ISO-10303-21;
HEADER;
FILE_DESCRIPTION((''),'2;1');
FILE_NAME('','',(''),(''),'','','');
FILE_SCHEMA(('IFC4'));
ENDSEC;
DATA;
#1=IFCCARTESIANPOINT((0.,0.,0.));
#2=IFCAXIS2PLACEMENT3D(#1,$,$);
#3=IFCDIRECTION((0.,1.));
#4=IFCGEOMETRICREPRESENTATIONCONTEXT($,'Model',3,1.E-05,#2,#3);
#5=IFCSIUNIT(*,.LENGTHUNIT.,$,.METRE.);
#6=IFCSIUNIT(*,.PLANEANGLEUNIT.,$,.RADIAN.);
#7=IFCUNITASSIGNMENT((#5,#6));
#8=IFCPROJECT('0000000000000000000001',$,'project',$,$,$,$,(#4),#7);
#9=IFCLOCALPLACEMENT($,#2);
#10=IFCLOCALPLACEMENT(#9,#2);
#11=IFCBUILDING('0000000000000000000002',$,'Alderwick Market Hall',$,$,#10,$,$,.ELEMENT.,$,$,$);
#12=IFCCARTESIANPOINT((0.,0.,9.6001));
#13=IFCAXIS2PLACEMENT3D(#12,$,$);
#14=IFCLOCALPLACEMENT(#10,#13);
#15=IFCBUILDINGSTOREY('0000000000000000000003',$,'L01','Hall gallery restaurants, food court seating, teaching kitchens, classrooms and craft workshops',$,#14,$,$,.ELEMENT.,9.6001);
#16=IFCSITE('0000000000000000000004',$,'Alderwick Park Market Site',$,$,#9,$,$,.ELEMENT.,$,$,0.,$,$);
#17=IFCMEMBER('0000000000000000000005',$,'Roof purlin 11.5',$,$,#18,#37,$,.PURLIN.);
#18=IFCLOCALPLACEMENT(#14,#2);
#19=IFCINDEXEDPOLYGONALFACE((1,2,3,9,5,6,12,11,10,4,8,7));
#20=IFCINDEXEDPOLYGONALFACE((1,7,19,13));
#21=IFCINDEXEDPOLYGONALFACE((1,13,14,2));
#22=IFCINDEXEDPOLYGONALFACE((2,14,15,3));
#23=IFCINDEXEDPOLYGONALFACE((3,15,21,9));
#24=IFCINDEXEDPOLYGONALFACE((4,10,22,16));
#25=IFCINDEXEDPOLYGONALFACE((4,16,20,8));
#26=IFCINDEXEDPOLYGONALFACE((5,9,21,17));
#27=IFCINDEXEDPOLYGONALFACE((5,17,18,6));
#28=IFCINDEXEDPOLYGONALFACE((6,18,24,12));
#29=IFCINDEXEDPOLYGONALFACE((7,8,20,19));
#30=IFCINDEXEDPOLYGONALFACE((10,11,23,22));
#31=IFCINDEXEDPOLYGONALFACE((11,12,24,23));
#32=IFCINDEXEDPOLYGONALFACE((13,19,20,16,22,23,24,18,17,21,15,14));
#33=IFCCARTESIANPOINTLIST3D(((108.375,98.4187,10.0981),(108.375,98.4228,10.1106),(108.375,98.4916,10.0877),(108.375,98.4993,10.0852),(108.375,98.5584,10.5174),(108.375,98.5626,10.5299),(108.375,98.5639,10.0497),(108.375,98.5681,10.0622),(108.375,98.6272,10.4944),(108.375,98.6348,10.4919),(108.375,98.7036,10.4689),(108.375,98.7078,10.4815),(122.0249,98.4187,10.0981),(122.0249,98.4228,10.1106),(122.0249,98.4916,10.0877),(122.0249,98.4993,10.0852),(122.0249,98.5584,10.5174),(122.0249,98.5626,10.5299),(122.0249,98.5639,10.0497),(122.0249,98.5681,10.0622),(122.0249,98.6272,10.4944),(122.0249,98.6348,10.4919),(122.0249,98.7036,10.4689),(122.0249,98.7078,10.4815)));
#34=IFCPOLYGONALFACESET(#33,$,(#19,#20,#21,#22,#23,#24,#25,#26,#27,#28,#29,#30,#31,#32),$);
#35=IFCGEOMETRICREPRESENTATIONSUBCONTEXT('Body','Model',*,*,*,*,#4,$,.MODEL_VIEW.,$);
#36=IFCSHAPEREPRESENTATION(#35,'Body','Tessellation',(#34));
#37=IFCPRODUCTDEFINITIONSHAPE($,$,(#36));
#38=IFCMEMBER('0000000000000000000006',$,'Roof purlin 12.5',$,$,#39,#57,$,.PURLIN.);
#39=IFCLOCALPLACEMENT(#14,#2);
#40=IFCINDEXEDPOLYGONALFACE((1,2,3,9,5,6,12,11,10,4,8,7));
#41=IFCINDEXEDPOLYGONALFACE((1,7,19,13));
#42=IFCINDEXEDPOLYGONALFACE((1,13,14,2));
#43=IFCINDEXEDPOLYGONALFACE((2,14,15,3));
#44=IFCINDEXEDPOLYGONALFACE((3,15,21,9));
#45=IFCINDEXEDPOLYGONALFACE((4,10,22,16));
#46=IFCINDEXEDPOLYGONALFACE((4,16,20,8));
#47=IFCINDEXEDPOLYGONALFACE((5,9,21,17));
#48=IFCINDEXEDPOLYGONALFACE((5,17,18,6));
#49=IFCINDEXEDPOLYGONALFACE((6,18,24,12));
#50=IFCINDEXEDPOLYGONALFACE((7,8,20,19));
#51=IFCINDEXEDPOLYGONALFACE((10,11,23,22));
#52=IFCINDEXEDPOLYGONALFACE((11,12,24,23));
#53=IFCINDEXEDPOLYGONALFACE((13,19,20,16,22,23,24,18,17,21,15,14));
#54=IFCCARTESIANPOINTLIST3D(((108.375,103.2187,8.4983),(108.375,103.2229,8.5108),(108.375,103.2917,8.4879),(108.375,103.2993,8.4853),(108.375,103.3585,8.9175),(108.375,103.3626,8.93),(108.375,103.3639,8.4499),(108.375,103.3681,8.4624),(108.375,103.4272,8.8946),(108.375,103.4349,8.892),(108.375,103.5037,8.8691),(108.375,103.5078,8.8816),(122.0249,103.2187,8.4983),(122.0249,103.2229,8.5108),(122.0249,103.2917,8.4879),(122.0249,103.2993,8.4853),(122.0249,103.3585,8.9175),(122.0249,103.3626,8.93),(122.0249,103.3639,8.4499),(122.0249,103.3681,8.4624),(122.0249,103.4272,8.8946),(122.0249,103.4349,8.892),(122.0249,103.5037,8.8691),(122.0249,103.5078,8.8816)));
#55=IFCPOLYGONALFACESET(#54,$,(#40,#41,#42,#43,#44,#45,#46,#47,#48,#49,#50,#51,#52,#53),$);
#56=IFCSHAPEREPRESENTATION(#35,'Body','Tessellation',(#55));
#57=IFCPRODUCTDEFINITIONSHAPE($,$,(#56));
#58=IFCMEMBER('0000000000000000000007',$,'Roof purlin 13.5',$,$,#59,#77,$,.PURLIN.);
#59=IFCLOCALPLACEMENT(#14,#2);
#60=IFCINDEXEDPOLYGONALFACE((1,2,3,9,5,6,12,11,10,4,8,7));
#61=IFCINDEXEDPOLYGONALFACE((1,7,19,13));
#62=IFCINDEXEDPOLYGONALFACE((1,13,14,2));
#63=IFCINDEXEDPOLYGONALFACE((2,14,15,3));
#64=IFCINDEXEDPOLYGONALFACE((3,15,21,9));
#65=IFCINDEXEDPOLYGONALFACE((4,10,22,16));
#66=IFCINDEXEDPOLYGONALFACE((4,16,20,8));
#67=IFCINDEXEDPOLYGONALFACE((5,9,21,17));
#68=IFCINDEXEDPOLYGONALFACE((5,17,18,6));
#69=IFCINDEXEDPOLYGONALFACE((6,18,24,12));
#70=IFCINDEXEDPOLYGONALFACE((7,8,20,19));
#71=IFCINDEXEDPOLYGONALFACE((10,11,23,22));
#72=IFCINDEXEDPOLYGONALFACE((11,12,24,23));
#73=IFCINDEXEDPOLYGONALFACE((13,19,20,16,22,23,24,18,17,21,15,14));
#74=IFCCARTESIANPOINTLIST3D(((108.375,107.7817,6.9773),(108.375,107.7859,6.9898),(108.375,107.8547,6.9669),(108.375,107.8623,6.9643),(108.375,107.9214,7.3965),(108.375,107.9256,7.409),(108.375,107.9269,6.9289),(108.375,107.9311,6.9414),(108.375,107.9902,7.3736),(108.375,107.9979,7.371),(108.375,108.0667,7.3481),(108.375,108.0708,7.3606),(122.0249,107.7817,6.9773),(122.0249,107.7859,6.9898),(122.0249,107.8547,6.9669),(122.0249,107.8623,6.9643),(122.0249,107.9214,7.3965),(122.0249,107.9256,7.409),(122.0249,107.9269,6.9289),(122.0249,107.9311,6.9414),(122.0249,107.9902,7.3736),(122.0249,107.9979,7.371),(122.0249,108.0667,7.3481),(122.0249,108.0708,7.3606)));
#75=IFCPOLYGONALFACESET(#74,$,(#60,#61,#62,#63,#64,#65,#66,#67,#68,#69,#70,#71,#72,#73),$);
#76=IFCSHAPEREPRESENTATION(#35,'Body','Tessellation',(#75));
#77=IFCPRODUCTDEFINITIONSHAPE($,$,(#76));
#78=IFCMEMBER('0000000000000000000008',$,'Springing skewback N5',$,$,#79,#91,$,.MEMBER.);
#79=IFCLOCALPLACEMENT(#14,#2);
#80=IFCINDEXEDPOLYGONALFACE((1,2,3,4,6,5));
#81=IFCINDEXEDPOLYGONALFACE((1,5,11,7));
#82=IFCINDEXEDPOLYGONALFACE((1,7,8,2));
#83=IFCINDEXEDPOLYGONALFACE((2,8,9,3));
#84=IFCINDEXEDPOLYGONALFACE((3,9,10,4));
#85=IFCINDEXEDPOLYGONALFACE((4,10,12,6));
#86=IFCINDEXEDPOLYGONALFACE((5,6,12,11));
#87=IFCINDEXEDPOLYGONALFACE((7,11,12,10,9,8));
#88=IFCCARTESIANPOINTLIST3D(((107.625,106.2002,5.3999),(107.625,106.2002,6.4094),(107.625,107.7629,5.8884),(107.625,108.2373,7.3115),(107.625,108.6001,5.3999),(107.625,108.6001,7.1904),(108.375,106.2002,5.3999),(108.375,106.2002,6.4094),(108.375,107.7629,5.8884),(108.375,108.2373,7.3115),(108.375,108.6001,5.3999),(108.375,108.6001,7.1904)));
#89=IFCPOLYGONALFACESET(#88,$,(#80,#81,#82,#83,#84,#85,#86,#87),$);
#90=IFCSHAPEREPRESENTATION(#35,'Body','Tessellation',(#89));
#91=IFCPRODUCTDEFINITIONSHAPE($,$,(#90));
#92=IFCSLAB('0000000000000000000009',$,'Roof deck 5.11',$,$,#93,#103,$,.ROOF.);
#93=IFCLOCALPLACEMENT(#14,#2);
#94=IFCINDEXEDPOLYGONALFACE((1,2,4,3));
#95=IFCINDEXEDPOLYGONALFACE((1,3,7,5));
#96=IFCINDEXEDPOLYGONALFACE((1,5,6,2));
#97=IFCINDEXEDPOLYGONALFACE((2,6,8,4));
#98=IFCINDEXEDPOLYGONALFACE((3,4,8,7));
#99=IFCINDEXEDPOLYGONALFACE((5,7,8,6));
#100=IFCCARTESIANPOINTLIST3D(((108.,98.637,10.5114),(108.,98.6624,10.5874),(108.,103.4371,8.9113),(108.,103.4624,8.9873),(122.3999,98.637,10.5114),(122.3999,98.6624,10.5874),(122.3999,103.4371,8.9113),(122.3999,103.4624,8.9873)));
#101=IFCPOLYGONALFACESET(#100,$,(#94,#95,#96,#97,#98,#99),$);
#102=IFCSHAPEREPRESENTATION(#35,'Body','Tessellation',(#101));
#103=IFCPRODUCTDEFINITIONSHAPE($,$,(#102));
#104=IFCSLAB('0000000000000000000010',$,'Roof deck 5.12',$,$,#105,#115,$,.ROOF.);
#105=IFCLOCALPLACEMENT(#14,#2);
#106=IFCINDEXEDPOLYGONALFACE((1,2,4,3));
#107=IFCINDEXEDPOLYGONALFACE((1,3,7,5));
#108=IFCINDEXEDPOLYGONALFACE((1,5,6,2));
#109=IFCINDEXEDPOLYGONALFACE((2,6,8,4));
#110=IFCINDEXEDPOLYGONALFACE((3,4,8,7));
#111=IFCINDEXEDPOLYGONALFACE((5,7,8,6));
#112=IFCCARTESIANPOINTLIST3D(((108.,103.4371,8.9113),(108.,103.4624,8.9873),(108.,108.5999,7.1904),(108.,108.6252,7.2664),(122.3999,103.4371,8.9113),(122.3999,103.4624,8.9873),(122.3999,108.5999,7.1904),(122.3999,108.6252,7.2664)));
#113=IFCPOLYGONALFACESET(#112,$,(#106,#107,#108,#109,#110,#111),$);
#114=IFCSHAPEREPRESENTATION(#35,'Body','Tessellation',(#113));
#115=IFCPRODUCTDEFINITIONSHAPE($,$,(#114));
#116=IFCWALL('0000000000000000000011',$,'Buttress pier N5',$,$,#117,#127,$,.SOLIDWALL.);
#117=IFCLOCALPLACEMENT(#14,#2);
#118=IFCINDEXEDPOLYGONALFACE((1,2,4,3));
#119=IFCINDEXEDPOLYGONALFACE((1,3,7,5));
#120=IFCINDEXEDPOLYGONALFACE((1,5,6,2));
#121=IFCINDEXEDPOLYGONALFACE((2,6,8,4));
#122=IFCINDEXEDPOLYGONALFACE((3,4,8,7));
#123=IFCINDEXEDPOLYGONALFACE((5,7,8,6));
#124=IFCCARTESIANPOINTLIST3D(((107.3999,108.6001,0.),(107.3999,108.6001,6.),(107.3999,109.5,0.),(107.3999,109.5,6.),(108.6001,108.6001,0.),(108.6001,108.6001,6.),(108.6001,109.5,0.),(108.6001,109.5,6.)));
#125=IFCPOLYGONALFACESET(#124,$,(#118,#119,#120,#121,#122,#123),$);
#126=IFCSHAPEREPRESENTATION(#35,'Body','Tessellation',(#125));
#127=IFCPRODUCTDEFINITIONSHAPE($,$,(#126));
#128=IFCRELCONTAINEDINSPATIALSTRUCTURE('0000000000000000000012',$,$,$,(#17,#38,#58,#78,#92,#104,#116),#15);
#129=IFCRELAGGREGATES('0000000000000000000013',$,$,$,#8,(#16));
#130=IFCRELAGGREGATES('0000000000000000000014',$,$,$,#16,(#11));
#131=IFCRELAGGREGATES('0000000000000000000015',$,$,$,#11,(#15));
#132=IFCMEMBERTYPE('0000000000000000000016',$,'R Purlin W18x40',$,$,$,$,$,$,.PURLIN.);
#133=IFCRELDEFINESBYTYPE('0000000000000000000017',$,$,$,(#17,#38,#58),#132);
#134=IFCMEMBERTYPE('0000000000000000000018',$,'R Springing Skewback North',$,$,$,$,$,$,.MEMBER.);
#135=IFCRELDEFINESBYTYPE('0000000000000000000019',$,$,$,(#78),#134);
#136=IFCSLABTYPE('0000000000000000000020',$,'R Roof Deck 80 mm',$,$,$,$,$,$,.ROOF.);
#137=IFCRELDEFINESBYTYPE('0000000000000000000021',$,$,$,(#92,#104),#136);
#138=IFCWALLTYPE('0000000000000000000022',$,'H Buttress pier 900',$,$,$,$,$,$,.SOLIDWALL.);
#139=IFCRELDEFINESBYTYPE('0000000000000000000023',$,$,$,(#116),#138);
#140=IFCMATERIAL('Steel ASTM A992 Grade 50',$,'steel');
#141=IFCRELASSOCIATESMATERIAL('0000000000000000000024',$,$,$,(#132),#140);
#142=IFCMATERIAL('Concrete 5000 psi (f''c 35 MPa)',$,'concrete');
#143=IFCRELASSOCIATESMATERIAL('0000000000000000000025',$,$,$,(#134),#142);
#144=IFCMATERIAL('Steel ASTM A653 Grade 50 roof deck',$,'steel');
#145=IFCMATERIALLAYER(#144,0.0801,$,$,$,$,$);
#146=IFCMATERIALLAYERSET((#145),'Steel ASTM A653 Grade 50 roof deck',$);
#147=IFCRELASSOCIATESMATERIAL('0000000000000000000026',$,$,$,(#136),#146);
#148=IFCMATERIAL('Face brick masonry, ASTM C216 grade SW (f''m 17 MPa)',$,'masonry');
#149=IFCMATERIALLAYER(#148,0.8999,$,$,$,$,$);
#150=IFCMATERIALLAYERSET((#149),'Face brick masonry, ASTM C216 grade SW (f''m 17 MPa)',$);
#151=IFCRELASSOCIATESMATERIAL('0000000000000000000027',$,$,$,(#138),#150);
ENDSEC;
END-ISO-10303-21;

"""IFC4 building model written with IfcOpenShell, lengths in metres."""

from ifc_helpers import new_model, si_unit, direction, frame, frame_2d, origin, origin_2d, place, context, subcontext, project, spatial, polyline, rectangle, i_section, outline, extrude, material, layer, layer_set, material_profile, profile_set, type_object, element, save


model = new_model("IFC4")

# Units and contexts
model_context = context("Model", 3, precision=1e-05, world=origin(), true_north=direction((0.0, 1.0)))
body_context = subcontext(model_context, "Body", "Model", "MODEL_VIEW")
ifc_project = project(units=[si_unit("LENGTHUNIT", "METRE"), si_unit("PLANEANGLEUNIT", "RADIAN")], contexts=[model_context])

# Site, building, storey
site_placement = place(None, origin())
site = spatial("IfcSite", under=ifc_project, at=site_placement, Name="Alderwick Park Market Site", CompositionType="ELEMENT", RefElevation=0.0)
building_placement = place(site_placement, origin())
building = spatial("IfcBuilding", under=site, at=building_placement, Name="Alderwick Market Hall", CompositionType="ELEMENT")
storey_placement = place(building_placement, frame((0.0, 0.0, 9.6001)))
storey = spatial("IfcBuildingStorey", under=building, at=storey_placement, Name="L01", Description="Hall gallery restaurants, food court seating, teaching kitchens, classrooms and craft workshops", CompositionType="ELEMENT", Elevation=9.6001)

# Shared definitions
ifc_material_1 = material(Name="Concrete 5000 psi (f'c 35 MPa)", Category="concrete")

# Members
ifc_material_2 = material(Name="Steel ASTM A992 Grade 50", Category="steel")
ifc_material_profile_1 = material_profile(ifc_material_2, i_section(OverallWidth=0.1531, OverallDepth=0.4551, WebThickness=0.0081, FlangeThickness=0.0132, at=origin_2d()), Name="W18x40")
ifc_profile_set_1 = profile_set([ifc_material_profile_1], Name="Steel ASTM A992 Grade 50")
member_type_1 = type_object("IfcMemberType", Name="R Purlin W18x40", PredefinedType="PURLIN", material=ifc_profile_set_1)
for number, where, z_axis, x_axis, name in (
    (1, (108.375, 98.5632, 10.2898), (1.0, 0.0, 0.0), (0.0, 0.948683, -0.316228), "Roof purlin 11.5"),
    (2, (108.375, 103.3633, 8.6899), (1.0, 0.0, 0.0), (0.0, 0.948683, -0.316228), "Roof purlin 12.5"),
    (3, (108.375, 107.9263, 7.1689), (1.0, 0.0, 0.0), (0.0, 0.948683, -0.316228), "Roof purlin 13.5"),
):
    element("IfcMember", number, at=place(storey_placement, frame(where, z_axis=z_axis, x_axis=x_axis)), inside=storey, type_object=member_type_1, Name=name, PredefinedType="PURLIN", context=body_context, shape_type="SweptSolid", body=[
        extrude(i_section(OverallWidth=0.1531, OverallDepth=0.4551, WebThickness=0.0081, FlangeThickness=0.0132, at=origin_2d()), origin(), (0.0, 0.0, 1.0), 13.6499),
    ])
ifc_material_profile_2 = material_profile(ifc_material_1, outline(polyline([(0.0, 0.0), (-2.3999, 0.0), (-2.3999, 1.0095), (-0.8372, 0.4885), (-0.3628, 1.9116), (0.0, 1.7905), (0.0, 0.0)])), Name="RC skewback N")
ifc_profile_set_2 = profile_set([ifc_material_profile_2], Name="Concrete 5000 psi (f'c 35 MPa)")
member_type_2 = type_object("IfcMemberType", Name="R Springing Skewback North", PredefinedType="MEMBER", material=ifc_profile_set_2)
member_1_placement = place(storey_placement, frame((107.625, 108.6001, 5.3999), z_axis=(1.0, 0.0, 0.0), x_axis=(0.0, 1.0, 0.0)))
element("IfcMember", 4, at=member_1_placement, inside=storey, type_object=member_type_2, Name="Springing skewback N5", PredefinedType="MEMBER", context=body_context, shape_type="SweptSolid", body=[
    extrude(outline(polyline([(0.0, 0.0), (-2.3999, 0.0), (-2.3999, 1.0095), (-0.8372, 0.4885), (-0.3628, 1.9116), (0.0, 1.7905), (0.0, 0.0)])), origin(), (0.0, 0.0, 1.0), 0.75),
])

# Slabs
ifc_material_3 = material(Name="Steel ASTM A653 Grade 50 roof deck", Category="steel")
ifc_layer_1 = layer(ifc_material_3, 0.0801)
ifc_layer_set_1 = layer_set([ifc_layer_1], Name="Steel ASTM A653 Grade 50 roof deck")
slab_type = type_object("IfcSlabType", Name="R Roof Deck 80 mm", PredefinedType="ROOF", material=ifc_layer_set_1)
slab_1_placement = place(storey_placement, frame((108.0, 98.6624, 10.5874), z_axis=(0.0, 0.316242, 0.948678), x_axis=(1.0, 0.0, 0.0)))
element("IfcSlab", 5, at=slab_1_placement, inside=storey, type_object=slab_type, Name="Roof deck 5.11", PredefinedType="ROOF", context=body_context, shape_type="SweptSolid", body=[
    extrude(outline(polyline([(0.0, 0.0), (14.3999, 0.0), (14.3999, 5.0597), (0.0, 5.0597), (0.0, 0.0)])), origin(), (0.0, 0.0, -1.0), 0.0801),
])
slab_2_placement = place(storey_placement, frame((108.0, 103.4624, 8.9873), z_axis=(0.0, 0.316228, 0.948683), x_axis=(1.0, 0.0, 0.0)))
element("IfcSlab", 6, at=slab_2_placement, inside=storey, type_object=slab_type, Name="Roof deck 5.12", PredefinedType="ROOF", context=body_context, shape_type="SweptSolid", body=[
    extrude(outline(polyline([(0.0, 0.0), (14.3999, 0.0), (14.3999, 5.4421), (0.0, 5.4421), (0.0, 0.0)])), origin(), (0.0, 0.0, -1.0), 0.0801),
])

# Wall
ifc_material_4 = material(Name="Face brick masonry, ASTM C216 grade SW (f'm 17 MPa)", Category="masonry")
ifc_layer_2 = layer(ifc_material_4, 0.8999)
ifc_layer_set_2 = layer_set([ifc_layer_2], Name="Face brick masonry, ASTM C216 grade SW (f'm 17 MPa)")
wall_type_1 = type_object("IfcWallType", Name="H Buttress pier 900", PredefinedType="SOLIDWALL", material=ifc_layer_set_2)
wall_1_placement = place(storey_placement, frame((107.3999, 109.05, 0.0), z_axis=(0.0, 0.0, 1.0), x_axis=(1.0, 0.0, 0.0)))
element("IfcWall", 7, at=wall_1_placement, inside=storey, type_object=wall_type_1, Name="Buttress pier N5", PredefinedType="SOLIDWALL", context=body_context, shape_type="SweptSolid", body=[
    extrude(rectangle(XDim=1.2002, YDim=0.8999, at=frame_2d((0.6001, 0.0))), origin(), (0.0, 0.0, 1.0), 6.0),
])

save(model, "model.ifc")
